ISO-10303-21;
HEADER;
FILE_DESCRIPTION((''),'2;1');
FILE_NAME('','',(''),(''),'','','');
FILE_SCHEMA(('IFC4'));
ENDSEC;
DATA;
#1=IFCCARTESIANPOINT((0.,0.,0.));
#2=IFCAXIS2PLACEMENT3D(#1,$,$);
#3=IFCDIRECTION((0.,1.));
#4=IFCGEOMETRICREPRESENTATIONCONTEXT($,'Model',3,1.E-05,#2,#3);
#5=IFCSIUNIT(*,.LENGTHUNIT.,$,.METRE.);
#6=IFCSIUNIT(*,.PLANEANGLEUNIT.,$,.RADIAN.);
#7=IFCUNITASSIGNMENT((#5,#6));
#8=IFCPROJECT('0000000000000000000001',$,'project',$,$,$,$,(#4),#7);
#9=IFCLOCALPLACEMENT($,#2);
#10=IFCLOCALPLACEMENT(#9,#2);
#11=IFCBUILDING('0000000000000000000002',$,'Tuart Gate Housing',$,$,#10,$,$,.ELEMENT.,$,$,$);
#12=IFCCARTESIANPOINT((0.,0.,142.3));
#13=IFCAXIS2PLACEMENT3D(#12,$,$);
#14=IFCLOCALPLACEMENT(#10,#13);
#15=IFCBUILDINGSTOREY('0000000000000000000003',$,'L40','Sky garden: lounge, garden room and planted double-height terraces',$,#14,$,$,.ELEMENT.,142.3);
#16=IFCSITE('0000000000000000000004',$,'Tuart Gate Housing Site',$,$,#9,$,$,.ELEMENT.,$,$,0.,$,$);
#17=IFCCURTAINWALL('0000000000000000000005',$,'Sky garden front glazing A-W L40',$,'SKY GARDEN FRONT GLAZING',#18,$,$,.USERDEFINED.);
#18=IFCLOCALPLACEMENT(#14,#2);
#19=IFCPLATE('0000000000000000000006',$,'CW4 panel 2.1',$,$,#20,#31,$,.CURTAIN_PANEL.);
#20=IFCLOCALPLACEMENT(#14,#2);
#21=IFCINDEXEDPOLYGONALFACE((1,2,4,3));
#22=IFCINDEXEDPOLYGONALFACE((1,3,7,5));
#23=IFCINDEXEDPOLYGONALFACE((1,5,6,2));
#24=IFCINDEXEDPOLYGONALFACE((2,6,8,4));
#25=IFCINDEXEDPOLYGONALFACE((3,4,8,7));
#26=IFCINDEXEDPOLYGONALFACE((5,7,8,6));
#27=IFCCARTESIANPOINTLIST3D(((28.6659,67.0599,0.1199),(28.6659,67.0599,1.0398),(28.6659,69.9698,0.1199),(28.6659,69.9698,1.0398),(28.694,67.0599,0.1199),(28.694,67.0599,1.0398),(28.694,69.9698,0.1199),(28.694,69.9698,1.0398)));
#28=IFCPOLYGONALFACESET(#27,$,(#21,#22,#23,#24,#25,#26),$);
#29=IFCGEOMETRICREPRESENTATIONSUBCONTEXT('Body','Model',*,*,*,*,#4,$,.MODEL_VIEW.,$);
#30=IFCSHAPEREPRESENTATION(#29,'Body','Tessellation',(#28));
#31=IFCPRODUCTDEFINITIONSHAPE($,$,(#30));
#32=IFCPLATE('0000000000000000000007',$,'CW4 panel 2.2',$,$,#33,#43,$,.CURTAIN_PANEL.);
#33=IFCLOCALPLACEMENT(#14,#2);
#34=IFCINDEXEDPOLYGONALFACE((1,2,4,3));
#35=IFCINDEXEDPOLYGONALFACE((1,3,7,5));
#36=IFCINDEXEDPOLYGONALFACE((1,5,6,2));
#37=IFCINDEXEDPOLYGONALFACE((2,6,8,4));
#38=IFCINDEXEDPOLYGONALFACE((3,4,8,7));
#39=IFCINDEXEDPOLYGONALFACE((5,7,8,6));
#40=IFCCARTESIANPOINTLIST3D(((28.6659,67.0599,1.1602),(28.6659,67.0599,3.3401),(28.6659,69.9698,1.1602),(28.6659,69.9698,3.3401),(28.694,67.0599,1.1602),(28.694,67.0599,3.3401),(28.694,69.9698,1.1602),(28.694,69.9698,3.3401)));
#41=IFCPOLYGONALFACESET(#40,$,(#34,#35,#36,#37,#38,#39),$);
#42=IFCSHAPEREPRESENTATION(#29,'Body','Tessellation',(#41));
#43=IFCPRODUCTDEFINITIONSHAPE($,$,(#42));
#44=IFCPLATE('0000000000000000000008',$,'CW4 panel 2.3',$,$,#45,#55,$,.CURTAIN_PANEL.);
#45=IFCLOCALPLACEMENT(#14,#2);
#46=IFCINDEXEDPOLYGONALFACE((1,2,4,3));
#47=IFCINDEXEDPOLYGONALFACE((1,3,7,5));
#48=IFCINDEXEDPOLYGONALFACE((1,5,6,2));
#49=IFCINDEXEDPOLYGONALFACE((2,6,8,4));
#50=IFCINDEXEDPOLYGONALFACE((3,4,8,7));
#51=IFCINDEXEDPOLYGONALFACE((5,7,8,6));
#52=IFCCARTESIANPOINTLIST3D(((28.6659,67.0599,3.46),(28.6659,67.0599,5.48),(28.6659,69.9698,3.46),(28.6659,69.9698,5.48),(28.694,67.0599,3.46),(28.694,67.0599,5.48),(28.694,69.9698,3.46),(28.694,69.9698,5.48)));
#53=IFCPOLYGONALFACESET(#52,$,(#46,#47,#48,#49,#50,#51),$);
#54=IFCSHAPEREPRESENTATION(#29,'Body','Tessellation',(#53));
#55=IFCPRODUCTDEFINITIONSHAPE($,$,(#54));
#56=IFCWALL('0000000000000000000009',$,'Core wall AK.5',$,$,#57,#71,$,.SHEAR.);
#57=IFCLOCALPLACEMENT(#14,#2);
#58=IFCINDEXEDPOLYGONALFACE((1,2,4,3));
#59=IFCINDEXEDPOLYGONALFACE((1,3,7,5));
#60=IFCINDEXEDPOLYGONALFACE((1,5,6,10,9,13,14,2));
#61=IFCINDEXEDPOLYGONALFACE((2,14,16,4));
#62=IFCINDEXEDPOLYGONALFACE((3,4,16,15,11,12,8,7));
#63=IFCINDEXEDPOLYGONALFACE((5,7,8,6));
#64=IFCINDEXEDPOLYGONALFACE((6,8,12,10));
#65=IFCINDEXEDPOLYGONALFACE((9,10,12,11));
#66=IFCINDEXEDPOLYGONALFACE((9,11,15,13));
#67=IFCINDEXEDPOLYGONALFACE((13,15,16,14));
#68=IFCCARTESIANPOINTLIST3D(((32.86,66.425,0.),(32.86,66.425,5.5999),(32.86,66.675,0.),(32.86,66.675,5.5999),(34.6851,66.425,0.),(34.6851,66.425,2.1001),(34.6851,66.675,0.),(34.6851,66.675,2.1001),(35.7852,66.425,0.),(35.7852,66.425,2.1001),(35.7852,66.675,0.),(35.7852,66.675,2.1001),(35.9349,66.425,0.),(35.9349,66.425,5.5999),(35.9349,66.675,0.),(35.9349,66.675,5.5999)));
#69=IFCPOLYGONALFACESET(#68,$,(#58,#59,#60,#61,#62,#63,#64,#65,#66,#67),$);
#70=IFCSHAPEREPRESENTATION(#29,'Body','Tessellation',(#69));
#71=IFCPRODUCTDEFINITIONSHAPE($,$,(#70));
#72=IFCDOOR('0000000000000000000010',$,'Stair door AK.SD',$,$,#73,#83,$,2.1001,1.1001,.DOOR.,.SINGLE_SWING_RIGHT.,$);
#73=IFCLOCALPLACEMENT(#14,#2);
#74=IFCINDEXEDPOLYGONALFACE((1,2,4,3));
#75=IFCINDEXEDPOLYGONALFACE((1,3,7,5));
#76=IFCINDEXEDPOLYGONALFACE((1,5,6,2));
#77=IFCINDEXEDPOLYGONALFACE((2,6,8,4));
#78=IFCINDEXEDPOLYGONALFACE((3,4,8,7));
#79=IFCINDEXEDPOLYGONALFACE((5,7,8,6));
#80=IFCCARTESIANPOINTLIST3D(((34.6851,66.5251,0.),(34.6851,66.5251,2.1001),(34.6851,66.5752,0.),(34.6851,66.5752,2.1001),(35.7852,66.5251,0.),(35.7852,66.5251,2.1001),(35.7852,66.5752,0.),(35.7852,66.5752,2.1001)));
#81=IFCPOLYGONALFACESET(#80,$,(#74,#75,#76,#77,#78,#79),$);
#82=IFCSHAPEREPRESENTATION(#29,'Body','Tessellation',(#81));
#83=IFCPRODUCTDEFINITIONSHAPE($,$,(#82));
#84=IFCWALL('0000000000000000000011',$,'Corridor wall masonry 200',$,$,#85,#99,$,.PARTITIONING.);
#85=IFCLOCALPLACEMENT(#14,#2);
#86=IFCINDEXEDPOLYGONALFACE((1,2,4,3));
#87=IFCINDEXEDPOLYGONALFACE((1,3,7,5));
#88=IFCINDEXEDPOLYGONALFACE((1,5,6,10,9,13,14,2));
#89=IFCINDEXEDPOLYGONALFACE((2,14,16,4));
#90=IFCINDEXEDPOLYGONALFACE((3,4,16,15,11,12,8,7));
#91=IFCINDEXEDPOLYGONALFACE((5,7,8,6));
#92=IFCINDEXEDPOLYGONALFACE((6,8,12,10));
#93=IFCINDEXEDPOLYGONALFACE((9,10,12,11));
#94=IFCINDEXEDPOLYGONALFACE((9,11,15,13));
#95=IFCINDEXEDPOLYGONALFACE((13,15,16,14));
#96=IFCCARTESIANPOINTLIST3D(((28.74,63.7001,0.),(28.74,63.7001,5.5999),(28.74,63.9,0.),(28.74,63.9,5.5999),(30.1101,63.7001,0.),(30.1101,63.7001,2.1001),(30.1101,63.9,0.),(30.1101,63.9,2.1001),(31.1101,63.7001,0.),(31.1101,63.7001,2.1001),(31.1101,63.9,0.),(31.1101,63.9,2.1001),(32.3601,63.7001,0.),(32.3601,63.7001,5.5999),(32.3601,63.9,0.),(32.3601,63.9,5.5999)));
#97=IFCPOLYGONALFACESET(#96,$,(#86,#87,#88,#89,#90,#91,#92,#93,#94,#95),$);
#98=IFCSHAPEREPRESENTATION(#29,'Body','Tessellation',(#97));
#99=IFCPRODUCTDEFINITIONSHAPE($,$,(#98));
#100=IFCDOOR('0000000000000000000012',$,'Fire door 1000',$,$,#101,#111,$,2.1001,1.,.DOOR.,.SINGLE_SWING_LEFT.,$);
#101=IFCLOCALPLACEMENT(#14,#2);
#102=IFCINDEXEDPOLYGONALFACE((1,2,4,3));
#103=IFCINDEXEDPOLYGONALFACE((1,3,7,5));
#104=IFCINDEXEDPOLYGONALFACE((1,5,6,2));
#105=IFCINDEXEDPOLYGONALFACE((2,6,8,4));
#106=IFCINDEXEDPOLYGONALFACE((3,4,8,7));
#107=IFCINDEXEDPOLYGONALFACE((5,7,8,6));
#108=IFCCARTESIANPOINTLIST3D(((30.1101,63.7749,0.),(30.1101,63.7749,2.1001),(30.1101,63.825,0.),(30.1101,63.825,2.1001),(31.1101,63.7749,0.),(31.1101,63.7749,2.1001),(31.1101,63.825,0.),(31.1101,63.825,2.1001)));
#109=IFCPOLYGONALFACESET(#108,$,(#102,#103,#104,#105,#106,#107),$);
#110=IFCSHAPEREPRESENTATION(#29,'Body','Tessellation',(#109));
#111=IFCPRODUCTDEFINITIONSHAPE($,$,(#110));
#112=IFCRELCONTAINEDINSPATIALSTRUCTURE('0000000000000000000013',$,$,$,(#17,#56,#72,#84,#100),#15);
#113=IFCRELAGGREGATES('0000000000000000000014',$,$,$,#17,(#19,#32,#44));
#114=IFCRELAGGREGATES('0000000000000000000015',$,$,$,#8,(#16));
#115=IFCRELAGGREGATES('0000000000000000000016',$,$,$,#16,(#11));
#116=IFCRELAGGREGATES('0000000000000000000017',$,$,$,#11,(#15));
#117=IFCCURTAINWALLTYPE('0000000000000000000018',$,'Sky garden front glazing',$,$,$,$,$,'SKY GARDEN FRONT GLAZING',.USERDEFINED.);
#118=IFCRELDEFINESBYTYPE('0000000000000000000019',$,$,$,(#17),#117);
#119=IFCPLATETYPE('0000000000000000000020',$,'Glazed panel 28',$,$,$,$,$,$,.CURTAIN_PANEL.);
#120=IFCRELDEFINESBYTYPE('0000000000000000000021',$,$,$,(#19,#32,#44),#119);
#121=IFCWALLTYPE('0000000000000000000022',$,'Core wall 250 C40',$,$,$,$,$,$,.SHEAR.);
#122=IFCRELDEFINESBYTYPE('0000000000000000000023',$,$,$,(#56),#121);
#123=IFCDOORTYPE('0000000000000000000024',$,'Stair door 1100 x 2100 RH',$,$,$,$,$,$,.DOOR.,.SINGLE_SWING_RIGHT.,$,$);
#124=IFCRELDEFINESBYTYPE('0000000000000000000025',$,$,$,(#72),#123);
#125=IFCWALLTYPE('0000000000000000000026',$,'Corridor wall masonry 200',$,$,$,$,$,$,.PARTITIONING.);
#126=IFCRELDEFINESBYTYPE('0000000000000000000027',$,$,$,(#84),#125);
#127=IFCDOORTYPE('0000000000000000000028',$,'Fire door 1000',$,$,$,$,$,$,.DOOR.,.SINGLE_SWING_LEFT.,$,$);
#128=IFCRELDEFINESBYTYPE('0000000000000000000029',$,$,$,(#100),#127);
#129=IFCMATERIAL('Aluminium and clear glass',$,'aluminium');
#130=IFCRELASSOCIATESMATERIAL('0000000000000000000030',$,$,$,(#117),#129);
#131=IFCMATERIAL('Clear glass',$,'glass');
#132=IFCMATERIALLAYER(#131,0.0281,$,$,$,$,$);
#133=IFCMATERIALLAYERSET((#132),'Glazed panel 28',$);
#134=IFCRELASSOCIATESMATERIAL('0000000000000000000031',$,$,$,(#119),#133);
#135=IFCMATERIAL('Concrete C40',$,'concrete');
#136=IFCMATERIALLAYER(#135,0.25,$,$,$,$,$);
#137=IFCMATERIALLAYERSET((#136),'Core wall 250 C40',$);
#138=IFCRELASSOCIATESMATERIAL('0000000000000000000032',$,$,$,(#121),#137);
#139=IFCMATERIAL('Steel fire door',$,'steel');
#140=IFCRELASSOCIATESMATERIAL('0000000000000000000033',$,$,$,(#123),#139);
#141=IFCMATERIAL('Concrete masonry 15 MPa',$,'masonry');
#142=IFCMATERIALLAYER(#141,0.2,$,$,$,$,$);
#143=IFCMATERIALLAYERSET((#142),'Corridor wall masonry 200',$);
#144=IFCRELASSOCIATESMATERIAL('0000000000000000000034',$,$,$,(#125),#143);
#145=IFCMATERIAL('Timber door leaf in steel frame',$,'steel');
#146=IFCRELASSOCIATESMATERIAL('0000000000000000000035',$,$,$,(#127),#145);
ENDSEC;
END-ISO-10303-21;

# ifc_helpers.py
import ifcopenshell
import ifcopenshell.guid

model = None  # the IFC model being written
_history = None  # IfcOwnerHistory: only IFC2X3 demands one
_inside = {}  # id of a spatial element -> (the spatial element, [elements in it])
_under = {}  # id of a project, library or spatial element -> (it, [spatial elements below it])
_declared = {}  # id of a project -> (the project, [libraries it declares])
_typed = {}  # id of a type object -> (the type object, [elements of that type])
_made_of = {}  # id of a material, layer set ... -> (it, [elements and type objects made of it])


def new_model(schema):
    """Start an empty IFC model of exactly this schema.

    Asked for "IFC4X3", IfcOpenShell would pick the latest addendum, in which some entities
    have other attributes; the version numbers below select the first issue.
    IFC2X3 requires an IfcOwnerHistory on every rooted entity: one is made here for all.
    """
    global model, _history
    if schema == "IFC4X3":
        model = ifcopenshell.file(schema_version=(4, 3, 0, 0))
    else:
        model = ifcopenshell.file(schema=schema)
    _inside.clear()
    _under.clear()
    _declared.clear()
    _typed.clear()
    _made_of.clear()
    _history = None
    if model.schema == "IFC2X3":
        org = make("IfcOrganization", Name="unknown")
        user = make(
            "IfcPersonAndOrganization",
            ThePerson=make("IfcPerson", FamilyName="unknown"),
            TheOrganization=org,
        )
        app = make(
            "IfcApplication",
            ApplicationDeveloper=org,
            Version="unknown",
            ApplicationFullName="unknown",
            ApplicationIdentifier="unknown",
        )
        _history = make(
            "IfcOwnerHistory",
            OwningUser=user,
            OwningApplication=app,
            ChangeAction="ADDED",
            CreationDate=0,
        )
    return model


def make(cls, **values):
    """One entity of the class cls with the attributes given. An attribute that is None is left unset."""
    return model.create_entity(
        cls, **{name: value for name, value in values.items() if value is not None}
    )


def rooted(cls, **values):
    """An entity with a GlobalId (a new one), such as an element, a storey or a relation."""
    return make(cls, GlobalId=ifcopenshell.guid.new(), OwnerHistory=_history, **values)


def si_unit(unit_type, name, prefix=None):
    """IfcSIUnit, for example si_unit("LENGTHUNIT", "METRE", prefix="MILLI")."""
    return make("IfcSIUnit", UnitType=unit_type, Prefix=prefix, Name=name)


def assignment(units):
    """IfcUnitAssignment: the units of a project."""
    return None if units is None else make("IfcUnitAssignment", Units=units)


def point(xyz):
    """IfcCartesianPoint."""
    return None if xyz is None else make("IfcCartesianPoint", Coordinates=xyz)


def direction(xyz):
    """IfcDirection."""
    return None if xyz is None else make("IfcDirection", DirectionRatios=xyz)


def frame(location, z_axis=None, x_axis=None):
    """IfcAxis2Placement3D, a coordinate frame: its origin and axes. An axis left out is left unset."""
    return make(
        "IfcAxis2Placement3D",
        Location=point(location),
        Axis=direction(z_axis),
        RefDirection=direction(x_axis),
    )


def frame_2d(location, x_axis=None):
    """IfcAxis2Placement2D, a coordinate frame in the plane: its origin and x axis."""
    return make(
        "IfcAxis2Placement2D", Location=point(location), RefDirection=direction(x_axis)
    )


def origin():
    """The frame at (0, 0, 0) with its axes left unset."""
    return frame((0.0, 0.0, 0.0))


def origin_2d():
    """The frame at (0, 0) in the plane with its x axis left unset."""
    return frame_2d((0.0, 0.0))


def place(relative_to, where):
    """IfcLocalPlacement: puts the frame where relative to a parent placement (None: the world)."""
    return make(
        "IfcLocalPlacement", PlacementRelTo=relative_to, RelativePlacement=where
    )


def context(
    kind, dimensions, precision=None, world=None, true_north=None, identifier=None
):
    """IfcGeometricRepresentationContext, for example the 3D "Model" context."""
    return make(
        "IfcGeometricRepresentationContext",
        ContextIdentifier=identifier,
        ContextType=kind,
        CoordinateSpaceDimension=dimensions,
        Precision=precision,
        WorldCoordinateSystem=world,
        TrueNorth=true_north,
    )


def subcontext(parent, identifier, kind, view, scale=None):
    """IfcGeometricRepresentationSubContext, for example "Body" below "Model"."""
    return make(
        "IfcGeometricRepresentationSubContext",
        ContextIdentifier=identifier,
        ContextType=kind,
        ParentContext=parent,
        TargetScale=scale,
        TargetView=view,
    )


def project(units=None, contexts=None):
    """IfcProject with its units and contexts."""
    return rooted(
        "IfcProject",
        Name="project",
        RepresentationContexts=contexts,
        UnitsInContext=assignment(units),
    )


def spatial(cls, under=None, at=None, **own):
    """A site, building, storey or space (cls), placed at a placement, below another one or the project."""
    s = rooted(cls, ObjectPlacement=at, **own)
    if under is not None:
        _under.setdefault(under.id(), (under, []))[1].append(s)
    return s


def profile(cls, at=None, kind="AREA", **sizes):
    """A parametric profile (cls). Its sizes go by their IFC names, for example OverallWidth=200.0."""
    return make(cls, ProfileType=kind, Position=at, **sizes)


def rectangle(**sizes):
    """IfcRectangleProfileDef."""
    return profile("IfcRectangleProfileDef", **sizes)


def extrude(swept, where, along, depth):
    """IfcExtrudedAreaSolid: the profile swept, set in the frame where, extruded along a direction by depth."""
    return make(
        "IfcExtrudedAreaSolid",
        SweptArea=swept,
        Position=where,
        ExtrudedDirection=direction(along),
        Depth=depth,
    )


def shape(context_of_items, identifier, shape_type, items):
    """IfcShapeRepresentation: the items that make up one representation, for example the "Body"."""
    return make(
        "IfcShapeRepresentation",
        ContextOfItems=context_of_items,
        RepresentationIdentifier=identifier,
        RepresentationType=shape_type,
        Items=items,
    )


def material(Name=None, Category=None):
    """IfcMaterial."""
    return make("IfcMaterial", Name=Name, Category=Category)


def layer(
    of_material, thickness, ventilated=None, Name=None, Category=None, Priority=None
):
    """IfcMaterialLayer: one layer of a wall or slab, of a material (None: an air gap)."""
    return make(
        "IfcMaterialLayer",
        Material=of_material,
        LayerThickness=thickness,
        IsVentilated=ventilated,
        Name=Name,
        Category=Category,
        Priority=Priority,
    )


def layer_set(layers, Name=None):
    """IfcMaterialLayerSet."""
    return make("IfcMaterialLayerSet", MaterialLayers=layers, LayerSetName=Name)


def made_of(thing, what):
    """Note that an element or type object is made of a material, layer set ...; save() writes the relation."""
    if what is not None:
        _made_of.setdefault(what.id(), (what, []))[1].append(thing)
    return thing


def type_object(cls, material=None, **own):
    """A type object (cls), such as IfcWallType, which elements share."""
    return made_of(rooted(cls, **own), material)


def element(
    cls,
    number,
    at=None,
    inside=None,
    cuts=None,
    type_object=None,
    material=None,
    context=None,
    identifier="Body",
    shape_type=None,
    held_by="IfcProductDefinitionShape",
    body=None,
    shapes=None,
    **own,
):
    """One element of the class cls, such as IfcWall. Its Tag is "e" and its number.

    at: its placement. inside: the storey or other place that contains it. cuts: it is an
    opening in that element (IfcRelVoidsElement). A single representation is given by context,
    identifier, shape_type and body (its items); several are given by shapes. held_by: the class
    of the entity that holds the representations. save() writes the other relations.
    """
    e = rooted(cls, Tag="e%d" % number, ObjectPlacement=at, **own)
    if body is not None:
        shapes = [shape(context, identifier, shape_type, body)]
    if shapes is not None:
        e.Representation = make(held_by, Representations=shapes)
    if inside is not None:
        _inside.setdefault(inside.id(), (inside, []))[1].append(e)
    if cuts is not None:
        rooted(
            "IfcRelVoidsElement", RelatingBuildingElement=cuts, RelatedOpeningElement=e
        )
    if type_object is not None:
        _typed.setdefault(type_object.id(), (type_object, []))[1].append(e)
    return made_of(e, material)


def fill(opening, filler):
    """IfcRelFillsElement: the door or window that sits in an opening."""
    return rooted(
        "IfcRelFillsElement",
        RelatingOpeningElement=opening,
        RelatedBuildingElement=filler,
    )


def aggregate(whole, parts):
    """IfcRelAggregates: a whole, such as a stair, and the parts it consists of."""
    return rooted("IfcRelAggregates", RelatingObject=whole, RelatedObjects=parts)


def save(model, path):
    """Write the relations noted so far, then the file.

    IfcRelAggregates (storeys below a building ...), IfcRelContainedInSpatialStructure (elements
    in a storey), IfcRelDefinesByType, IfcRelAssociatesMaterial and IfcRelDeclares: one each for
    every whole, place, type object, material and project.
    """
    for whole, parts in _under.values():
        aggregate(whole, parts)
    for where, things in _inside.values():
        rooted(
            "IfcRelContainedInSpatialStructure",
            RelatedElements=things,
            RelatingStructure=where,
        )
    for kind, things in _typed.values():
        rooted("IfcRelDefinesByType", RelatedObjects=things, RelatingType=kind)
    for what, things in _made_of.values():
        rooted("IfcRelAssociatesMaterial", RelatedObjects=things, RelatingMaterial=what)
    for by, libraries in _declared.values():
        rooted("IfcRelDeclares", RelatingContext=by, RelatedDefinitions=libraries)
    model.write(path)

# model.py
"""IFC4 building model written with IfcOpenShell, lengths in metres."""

from ifc_helpers import new_model, si_unit, direction, frame, frame_2d, origin, origin_2d, place, context, subcontext, project, spatial, rectangle, extrude, material, layer, layer_set, type_object, element, fill, aggregate, save


model = new_model("IFC4")

# Units and contexts
model_context = context("Model", 3, precision=1e-05, world=origin(), true_north=direction((0.0, 1.0)))
body_context = subcontext(model_context, "Body", "Model", "MODEL_VIEW")
ifc_project = project(units=[si_unit("LENGTHUNIT", "METRE"), si_unit("PLANEANGLEUNIT", "RADIAN")], contexts=[model_context])

# Site, building, storey
site_placement = place(None, origin())
site = spatial("IfcSite", under=ifc_project, at=site_placement, Name="Tuart Gate Housing Site", CompositionType="ELEMENT", RefElevation=0.0)
building_placement = place(site_placement, origin())
building = spatial("IfcBuilding", under=site, at=building_placement, Name="Tuart Gate Housing", CompositionType="ELEMENT")
storey_placement = place(building_placement, frame((0.0, 0.0, 142.3)))
storey = spatial("IfcBuildingStorey", under=building, at=storey_placement, Name="L40", Description="Sky garden: lounge, garden room and planted double-height terraces", CompositionType="ELEMENT", Elevation=142.3)

# Curtain wall, plates
ifc_material_1 = material(Name="Aluminium and clear glass", Category="aluminium")
curtain_wall_type = type_object("IfcCurtainWallType", Name="Sky garden front glazing", ElementType="SKY GARDEN FRONT GLAZING", PredefinedType="USERDEFINED", material=ifc_material_1)
curtain_wall_placement = place(storey_placement, origin())
curtain_wall = element("IfcCurtainWall", 1, at=curtain_wall_placement, inside=storey, type_object=curtain_wall_type, Name="Sky garden front glazing A-W L40", ObjectType="SKY GARDEN FRONT GLAZING", PredefinedType="USERDEFINED")
ifc_material_2 = material(Name="Clear glass", Category="glass")
ifc_layer_1 = layer(ifc_material_2, 0.0281)
ifc_layer_set_1 = layer_set([ifc_layer_1], Name="Glazed panel 28")
plate_type = type_object("IfcPlateType", Name="Glazed panel 28", PredefinedType="CURTAIN_PANEL", material=ifc_layer_set_1)
plate_1_placement = place(storey_placement, frame((28.6799, 68.5149, 0.1199), z_axis=(0.0, 0.0, 1.0), x_axis=(0.0, -1.0, 0.0)))
plate_1 = element("IfcPlate", 2, at=plate_1_placement, type_object=plate_type, Name="CW4 panel 2.1", PredefinedType="CURTAIN_PANEL", context=body_context, shape_type="SweptSolid", body=[
    extrude(rectangle(XDim=2.9099, YDim=0.0281, at=origin_2d()), origin(), (0.0, 0.0, 1.0), 0.9199),
])
plate_2_placement = place(storey_placement, frame((28.6799, 68.5149, 1.1602), z_axis=(0.0, 0.0, 1.0), x_axis=(0.0, -1.0, 0.0)))
plate_2 = element("IfcPlate", 3, at=plate_2_placement, type_object=plate_type, Name="CW4 panel 2.2", PredefinedType="CURTAIN_PANEL", context=body_context, shape_type="SweptSolid", body=[
    extrude(rectangle(XDim=2.9099, YDim=0.0281, at=origin_2d()), origin(), (0.0, 0.0, 1.0), 2.1799),
])
plate_3_placement = place(storey_placement, frame((28.6799, 68.5149, 3.46), z_axis=(0.0, 0.0, 1.0), x_axis=(0.0, -1.0, 0.0)))
plate_3 = element("IfcPlate", 4, at=plate_3_placement, type_object=plate_type, Name="CW4 panel 2.3", PredefinedType="CURTAIN_PANEL", context=body_context, shape_type="SweptSolid", body=[
    extrude(rectangle(XDim=2.9099, YDim=0.0281, at=origin_2d()), origin(), (0.0, 0.0, 1.0), 2.02),
])
aggregate(curtain_wall, [plate_1, plate_2, plate_3])

# Walls, openings, doors
ifc_material_3 = material(Name="Concrete C40", Category="concrete")
ifc_layer_2 = layer(ifc_material_3, 0.25)
ifc_layer_set_2 = layer_set([ifc_layer_2], Name="Core wall 250 C40")
wall_type_1 = type_object("IfcWallType", Name="Core wall 250 C40", PredefinedType="SHEAR", material=ifc_layer_set_2)
wall_1_placement = place(storey_placement, frame((35.9351, 66.55, 0.0), z_axis=(0.0, 0.0, 1.0), x_axis=(-1.0, 0.0, 0.0)))
wall_1 = element("IfcWall", 5, at=wall_1_placement, inside=storey, type_object=wall_type_1, Name="Core wall AK.5", PredefinedType="SHEAR", context=body_context, shape_type="SweptSolid", body=[
    extrude(rectangle(XDim=3.075, YDim=0.25, at=frame_2d((1.5376, 0.0))), origin(), (0.0, 0.0, 1.0), 5.5999),
])
opening_1_placement = place(wall_1_placement, frame((0.1499, 0.0, 0.0)))
opening_1 = element("IfcOpeningElement", 6, at=opening_1_placement, cuts=wall_1, PredefinedType="OPENING", context=body_context, shape_type="SweptSolid", body=[
    extrude(rectangle(XDim=1.1001, YDim=2.1001, at=frame_2d((0.55, 1.05))), frame((0.0, 0.135, 0.0), z_axis=(0.0, -1.0, 0.0), x_axis=(1.0, 0.0, 0.0)), (0.0, 0.0, 1.0), 0.27),
])
ifc_material_4 = material(Name="Steel fire door", Category="steel")
door_type_1 = type_object("IfcDoorType", Name="Stair door 1100 x 2100 RH", OperationType="SINGLE_SWING_RIGHT", PredefinedType="DOOR", material=ifc_material_4)
door_1_placement = place(opening_1_placement, frame((1.1001, 0.0, 0.0), z_axis=(0.0, 0.0, 1.0), x_axis=(-1.0, 0.0, 0.0)))
door_1 = element("IfcDoor", 7, at=door_1_placement, inside=storey, type_object=door_type_1, Name="Stair door AK.SD", OperationType="SINGLE_SWING_RIGHT", OverallHeight=2.1001, OverallWidth=1.1001, PredefinedType="DOOR", context=body_context, shape_type="SweptSolid", body=[
    extrude(rectangle(XDim=1.1001, YDim=2.1001, at=frame_2d((0.55, 1.05))), frame((0.0, 0.0251, 0.0), z_axis=(0.0, -1.0, 0.0), x_axis=(1.0, 0.0, 0.0)), (0.0, 0.0, 1.0), 0.05),
])
fill(opening_1, door_1)
ifc_material_5 = material(Name="Concrete masonry 15 MPa", Category="masonry")
ifc_layer_3 = layer(ifc_material_5, 0.2)
ifc_layer_set_3 = layer_set([ifc_layer_3], Name="Corridor wall masonry 200")
wall_type_2 = type_object("IfcWallType", Name="Corridor wall masonry 200", PredefinedType="PARTITIONING", material=ifc_layer_set_3)
wall_2_placement = place(storey_placement, frame((28.74, 63.8, 0.0), z_axis=(0.0, 0.0, 1.0), x_axis=(1.0, 0.0, 0.0)))
wall_2 = element("IfcWall", 8, at=wall_2_placement, inside=storey, type_object=wall_type_2, Name="Corridor wall masonry 200", PredefinedType="PARTITIONING", context=body_context, shape_type="SweptSolid", body=[
    extrude(rectangle(XDim=3.6201, YDim=0.2, at=frame_2d((1.8101, 0.0))), origin(), (0.0, 0.0, 1.0), 5.5999),
])
opening_2_placement = place(wall_2_placement, frame((1.3701, 0.0, 0.0)))
opening_2 = element("IfcOpeningElement", 9, at=opening_2_placement, cuts=wall_2, PredefinedType="OPENING", context=body_context, shape_type="SweptSolid", body=[
    extrude(rectangle(XDim=1.0, YDim=2.1001, at=frame_2d((0.5, 1.05))), frame((0.0, 0.1099, 0.0), z_axis=(0.0, -1.0, 0.0), x_axis=(1.0, 0.0, 0.0)), (0.0, 0.0, 1.0), 0.22),
])
ifc_material_6 = material(Name="Timber door leaf in steel frame", Category="steel")
door_type_2 = type_object("IfcDoorType", Name="Fire door 1000", OperationType="SINGLE_SWING_LEFT", PredefinedType="DOOR", material=ifc_material_6)
door_2_placement = place(opening_2_placement, origin())
door_2 = element("IfcDoor", 10, at=door_2_placement, inside=storey, type_object=door_type_2, Name="Fire door 1000", OperationType="SINGLE_SWING_LEFT", OverallHeight=2.1001, OverallWidth=1.0, PredefinedType="DOOR", context=body_context, shape_type="SweptSolid", body=[
    extrude(rectangle(XDim=1.0, YDim=2.1001, at=frame_2d((0.5, 1.05))), frame((0.0, 0.0249, 0.0), z_axis=(0.0, -1.0, 0.0), x_axis=(1.0, 0.0, 0.0)), (0.0, 0.0, 1.0), 0.05),
])
fill(opening_2, door_2)

save(model, "model.ifc")
